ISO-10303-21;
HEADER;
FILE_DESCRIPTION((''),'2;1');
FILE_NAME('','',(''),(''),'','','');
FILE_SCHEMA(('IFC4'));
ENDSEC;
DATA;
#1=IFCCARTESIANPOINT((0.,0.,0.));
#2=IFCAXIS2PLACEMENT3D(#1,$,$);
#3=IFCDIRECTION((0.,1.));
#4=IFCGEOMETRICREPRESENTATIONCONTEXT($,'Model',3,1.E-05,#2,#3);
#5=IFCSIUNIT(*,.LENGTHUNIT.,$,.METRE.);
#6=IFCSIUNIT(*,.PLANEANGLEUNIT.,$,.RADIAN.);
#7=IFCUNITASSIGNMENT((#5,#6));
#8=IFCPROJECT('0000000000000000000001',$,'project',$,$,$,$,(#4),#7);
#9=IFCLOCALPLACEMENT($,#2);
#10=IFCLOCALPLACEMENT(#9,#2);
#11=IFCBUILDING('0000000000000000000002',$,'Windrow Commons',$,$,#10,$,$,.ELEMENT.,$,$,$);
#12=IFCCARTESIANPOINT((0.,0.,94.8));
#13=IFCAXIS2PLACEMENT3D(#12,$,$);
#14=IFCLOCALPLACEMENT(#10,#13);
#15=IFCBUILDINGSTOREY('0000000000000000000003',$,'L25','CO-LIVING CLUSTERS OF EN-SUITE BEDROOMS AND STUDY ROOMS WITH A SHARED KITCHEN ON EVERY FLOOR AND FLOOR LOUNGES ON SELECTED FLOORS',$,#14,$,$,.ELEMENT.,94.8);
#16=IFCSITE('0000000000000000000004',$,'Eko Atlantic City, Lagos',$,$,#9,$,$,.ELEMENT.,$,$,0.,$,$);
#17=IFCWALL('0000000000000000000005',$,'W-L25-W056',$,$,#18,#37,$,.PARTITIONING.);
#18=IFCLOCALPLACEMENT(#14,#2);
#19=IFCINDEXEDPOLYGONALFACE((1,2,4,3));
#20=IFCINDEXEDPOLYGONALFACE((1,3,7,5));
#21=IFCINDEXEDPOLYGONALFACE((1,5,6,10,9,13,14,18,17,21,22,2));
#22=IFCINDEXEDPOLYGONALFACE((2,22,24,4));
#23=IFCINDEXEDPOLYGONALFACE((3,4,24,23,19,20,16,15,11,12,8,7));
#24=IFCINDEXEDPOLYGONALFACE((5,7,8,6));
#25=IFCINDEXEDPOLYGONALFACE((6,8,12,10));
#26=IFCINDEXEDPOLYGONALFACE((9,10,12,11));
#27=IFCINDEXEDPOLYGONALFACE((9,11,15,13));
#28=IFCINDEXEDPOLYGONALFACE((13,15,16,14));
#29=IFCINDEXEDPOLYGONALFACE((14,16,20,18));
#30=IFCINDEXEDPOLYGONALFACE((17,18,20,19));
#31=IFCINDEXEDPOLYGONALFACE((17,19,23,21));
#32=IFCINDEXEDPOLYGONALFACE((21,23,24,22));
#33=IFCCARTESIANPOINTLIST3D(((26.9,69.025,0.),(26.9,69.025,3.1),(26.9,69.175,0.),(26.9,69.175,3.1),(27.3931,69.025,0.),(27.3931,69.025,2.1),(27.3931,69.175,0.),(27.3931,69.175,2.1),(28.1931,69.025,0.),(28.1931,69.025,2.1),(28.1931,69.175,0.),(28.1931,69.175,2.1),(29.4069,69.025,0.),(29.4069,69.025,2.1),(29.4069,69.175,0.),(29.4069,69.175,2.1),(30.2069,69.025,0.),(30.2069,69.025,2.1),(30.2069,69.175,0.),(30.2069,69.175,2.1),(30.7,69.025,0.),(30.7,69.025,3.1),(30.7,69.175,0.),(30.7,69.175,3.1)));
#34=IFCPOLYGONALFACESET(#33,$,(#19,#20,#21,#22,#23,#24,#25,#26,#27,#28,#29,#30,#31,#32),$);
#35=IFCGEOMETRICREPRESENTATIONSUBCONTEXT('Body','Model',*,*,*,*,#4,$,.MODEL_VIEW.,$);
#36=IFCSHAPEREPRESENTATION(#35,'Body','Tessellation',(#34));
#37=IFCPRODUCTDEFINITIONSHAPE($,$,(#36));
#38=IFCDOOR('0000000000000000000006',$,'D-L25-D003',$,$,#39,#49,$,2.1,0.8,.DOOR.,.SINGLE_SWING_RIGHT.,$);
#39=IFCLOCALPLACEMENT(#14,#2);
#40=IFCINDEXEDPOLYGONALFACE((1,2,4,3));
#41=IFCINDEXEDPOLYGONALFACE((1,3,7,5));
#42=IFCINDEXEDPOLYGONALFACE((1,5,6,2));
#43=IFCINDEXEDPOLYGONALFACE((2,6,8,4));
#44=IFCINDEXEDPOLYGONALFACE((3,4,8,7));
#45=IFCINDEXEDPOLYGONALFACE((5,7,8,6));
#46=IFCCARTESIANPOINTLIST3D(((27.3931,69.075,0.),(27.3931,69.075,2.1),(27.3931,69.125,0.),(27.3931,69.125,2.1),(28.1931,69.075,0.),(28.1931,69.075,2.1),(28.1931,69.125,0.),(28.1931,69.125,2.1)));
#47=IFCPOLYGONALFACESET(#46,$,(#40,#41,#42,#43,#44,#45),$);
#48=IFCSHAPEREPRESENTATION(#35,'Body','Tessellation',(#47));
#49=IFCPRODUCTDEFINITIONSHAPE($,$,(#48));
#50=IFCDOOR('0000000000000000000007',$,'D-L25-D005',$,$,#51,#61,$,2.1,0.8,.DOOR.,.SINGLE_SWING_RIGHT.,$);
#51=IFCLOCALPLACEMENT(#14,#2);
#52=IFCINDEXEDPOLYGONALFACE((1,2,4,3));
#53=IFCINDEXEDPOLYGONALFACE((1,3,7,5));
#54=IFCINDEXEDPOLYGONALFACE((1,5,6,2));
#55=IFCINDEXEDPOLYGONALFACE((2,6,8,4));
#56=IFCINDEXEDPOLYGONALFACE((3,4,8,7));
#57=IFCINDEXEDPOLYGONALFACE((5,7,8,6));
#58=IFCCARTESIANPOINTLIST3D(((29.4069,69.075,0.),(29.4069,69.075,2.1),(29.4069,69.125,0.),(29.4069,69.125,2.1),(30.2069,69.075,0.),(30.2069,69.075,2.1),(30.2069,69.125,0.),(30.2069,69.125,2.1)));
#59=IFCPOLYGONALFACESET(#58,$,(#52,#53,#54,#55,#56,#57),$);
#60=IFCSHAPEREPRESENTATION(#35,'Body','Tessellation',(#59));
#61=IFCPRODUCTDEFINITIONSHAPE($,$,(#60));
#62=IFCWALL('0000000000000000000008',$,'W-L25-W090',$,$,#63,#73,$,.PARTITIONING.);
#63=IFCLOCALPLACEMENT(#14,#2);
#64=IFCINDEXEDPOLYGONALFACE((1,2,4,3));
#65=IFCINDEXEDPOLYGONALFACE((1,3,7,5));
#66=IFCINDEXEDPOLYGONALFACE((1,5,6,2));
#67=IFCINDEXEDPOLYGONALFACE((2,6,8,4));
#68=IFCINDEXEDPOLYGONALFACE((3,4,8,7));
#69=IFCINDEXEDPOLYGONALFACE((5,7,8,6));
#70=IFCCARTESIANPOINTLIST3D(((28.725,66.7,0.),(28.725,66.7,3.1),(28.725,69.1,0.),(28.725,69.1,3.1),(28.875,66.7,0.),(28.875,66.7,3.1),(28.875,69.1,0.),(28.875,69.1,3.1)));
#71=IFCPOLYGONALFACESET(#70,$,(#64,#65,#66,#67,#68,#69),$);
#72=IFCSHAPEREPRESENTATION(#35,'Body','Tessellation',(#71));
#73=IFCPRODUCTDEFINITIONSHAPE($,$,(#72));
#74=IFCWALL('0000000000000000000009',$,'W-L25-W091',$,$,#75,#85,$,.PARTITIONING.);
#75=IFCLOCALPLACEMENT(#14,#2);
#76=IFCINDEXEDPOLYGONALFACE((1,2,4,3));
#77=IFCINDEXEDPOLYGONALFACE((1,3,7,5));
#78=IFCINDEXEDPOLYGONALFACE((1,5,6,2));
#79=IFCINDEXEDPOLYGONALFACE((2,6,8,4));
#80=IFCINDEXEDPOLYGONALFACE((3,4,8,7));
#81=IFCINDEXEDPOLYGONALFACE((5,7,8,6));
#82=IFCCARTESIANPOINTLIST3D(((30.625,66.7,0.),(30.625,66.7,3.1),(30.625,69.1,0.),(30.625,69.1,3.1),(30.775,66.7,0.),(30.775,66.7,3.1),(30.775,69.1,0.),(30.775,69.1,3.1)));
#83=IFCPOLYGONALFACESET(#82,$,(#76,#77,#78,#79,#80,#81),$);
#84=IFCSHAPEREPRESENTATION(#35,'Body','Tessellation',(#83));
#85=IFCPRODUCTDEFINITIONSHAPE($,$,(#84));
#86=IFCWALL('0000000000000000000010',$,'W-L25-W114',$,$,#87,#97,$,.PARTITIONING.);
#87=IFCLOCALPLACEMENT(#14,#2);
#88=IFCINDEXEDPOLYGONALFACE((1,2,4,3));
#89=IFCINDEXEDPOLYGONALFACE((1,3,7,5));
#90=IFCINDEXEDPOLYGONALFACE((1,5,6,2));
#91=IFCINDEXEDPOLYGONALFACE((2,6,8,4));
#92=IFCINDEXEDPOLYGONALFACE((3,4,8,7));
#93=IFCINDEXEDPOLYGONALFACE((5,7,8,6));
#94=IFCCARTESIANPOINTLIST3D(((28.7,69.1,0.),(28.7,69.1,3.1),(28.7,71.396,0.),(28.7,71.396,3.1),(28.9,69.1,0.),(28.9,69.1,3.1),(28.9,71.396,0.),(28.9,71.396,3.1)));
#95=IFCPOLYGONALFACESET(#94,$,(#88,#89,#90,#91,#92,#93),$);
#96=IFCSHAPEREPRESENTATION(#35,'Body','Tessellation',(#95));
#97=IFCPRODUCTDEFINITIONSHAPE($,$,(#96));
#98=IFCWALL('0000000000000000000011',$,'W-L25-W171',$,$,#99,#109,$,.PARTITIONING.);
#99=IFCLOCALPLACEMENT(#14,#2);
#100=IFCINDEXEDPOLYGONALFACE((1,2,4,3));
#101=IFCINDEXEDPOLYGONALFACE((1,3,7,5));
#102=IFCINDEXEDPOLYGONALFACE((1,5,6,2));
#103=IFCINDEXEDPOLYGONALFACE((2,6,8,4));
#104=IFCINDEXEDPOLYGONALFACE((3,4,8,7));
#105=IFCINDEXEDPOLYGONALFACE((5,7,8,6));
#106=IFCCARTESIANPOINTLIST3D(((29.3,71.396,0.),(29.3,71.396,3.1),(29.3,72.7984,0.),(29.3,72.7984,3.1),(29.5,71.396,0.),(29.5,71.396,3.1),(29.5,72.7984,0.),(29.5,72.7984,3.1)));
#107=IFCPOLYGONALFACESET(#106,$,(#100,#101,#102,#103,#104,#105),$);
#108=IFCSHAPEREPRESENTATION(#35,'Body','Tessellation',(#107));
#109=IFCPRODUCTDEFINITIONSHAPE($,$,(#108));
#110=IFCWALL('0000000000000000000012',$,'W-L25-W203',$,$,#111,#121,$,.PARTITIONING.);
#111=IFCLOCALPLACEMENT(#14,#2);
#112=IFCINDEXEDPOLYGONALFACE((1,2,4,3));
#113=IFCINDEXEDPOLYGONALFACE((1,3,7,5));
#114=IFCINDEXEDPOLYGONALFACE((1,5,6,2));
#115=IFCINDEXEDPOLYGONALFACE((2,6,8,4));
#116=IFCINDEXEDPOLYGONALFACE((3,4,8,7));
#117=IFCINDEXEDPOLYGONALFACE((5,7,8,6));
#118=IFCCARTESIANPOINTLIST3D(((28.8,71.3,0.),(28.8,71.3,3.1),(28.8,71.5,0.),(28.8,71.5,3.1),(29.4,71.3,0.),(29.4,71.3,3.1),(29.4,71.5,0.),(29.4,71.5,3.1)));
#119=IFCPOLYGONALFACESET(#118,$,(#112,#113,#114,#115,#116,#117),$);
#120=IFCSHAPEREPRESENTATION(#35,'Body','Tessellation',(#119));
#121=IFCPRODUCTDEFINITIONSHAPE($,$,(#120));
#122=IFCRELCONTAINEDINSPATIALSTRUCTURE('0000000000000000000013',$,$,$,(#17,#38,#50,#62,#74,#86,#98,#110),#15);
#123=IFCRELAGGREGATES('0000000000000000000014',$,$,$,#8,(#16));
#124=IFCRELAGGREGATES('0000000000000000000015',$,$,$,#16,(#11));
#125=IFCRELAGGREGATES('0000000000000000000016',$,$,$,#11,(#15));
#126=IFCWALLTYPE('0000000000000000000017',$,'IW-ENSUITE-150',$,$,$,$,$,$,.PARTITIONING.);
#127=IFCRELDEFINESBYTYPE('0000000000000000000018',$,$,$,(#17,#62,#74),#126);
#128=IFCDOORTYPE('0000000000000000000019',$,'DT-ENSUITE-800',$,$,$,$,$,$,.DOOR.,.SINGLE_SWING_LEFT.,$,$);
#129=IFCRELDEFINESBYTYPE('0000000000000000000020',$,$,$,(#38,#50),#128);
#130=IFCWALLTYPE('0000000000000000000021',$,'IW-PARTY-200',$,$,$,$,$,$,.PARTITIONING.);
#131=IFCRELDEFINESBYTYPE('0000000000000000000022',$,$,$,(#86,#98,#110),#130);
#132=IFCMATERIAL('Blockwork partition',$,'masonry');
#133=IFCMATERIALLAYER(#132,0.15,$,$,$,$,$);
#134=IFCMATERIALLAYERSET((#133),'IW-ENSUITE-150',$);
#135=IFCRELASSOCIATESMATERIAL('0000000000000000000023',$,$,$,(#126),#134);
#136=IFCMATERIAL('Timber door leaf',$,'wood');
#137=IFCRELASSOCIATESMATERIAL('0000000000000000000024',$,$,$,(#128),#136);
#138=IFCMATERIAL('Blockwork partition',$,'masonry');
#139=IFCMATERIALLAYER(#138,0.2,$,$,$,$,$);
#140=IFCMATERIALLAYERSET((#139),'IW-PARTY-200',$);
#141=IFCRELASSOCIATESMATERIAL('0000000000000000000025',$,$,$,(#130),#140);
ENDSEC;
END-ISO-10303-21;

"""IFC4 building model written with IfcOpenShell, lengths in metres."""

from ifc_helpers import new_model, si_unit, direction, frame, frame_2d, origin, place, context, subcontext, project, spatial, rectangle, extrude, material, layer, layer_set, type_object, element, fill, save


model = new_model("IFC4")

# Units and contexts
model_context = context("Model", 3, precision=1e-05, world=origin(), true_north=direction((0.0, 1.0)))
body_context = subcontext(model_context, "Body", "Model", "MODEL_VIEW")
ifc_project = project(units=[si_unit("LENGTHUNIT", "METRE"), si_unit("PLANEANGLEUNIT", "RADIAN")], contexts=[model_context])

# Site, building, storey
site_placement = place(None, origin())
site = spatial("IfcSite", under=ifc_project, at=site_placement, Name="Eko Atlantic City, Lagos", CompositionType="ELEMENT", RefElevation=0.0)
building_placement = place(site_placement, origin())
building = spatial("IfcBuilding", under=site, at=building_placement, Name="Windrow Commons", CompositionType="ELEMENT")
storey_placement = place(building_placement, frame((0.0, 0.0, 94.8)))
storey = spatial("IfcBuildingStorey", under=building, at=storey_placement, Name="L25", Description="CO-LIVING CLUSTERS OF EN-SUITE BEDROOMS AND STUDY ROOMS WITH A SHARED KITCHEN ON EVERY FLOOR AND FLOOR LOUNGES ON SELECTED FLOORS", CompositionType="ELEMENT", Elevation=94.8)

# Wall, openings, doors
ifc_material_1 = material(Name="Blockwork partition", Category="masonry")
ifc_layer_1 = layer(ifc_material_1, 0.15)
ifc_layer_set_1 = layer_set([ifc_layer_1], Name="IW-ENSUITE-150")
wall_type_1 = type_object("IfcWallType", Name="IW-ENSUITE-150", PredefinedType="PARTITIONING", material=ifc_layer_set_1)
wall_1_placement = place(storey_placement, frame((26.9, 69.1, 0.0), z_axis=(0.0, 0.0, 1.0), x_axis=(1.0, 0.0, 0.0)))
wall_1 = element("IfcWall", 1, at=wall_1_placement, inside=storey, type_object=wall_type_1, Name="W-L25-W056", PredefinedType="PARTITIONING", context=body_context, shape_type="SweptSolid", body=[
    extrude(rectangle(XDim=3.8, YDim=0.15, at=frame_2d((1.9, 0.0))), origin(), (0.0, 0.0, 1.0), 3.1),
])
opening_1_placement = place(wall_1_placement, frame((0.4931, 0.0, 0.0)))
opening_1 = element("IfcOpeningElement", 2, at=opening_1_placement, cuts=wall_1, PredefinedType="OPENING", context=body_context, shape_type="SweptSolid", body=[
    extrude(rectangle(XDim=0.8, YDim=2.1, at=frame_2d((0.4, 1.05))), frame((0.0, 0.085, 0.0), z_axis=(0.0, -1.0, 0.0), x_axis=(1.0, 0.0, 0.0)), (0.0, 0.0, 1.0), 0.17),
])
opening_2_placement = place(wall_1_placement, frame((2.5069, 0.0, 0.0)))
opening_2 = element("IfcOpeningElement", 3, at=opening_2_placement, cuts=wall_1, PredefinedType="OPENING", context=body_context, shape_type="SweptSolid", body=[
    extrude(rectangle(XDim=0.8, YDim=2.1, at=frame_2d((0.4, 1.05))), frame((0.0, 0.085, 0.0), z_axis=(0.0, -1.0, 0.0), x_axis=(1.0, 0.0, 0.0)), (0.0, 0.0, 1.0), 0.17),
])
ifc_material_2 = material(Name="Timber door leaf", Category="wood")
door_type_1 = type_object("IfcDoorType", Name="DT-ENSUITE-800", OperationType="SINGLE_SWING_LEFT", PredefinedType="DOOR", material=ifc_material_2)
door_1_placement = place(opening_1_placement, origin())
door_1 = element("IfcDoor", 4, at=door_1_placement, inside=storey, type_object=door_type_1, Name="D-L25-D003", OperationType="SINGLE_SWING_RIGHT", OverallHeight=2.1, OverallWidth=0.8, PredefinedType="DOOR", context=body_context, shape_type="SweptSolid", body=[
    extrude(rectangle(XDim=0.8, YDim=2.1, at=frame_2d((0.4, 1.05))), frame((0.0, 0.025, 0.0), z_axis=(0.0, -1.0, 0.0), x_axis=(1.0, 0.0, 0.0)), (0.0, 0.0, 1.0), 0.05),
])
fill(opening_1, door_1)
door_2_placement = place(opening_2_placement, origin())
door_2 = element("IfcDoor", 5, at=door_2_placement, inside=storey, type_object=door_type_1, Name="D-L25-D005", OperationType="SINGLE_SWING_RIGHT", OverallHeight=2.1, OverallWidth=0.8, PredefinedType="DOOR", context=body_context, shape_type="SweptSolid", body=[
    extrude(rectangle(XDim=0.8, YDim=2.1, at=frame_2d((0.4, 1.05))), frame((0.0, 0.025, 0.0), z_axis=(0.0, -1.0, 0.0), x_axis=(1.0, 0.0, 0.0)), (0.0, 0.0, 1.0), 0.05),
])
fill(opening_2, door_2)

# Walls
for number, where, z_axis, x_axis, name in (
    (6, (28.8, 66.7, 0.0), (0.0, 0.0, 1.0), (0.0, 1.0, 0.0), "W-L25-W090"),
    (7, (30.7, 66.7, 0.0), (0.0, 0.0, 1.0), (0.0, 1.0, 0.0), "W-L25-W091"),
):
    element("IfcWall", number, at=place(storey_placement, frame(where, z_axis=z_axis, x_axis=x_axis)), inside=storey, type_object=wall_type_1, Name=name, PredefinedType="PARTITIONING", context=body_context, shape_type="SweptSolid", body=[
        extrude(rectangle(XDim=2.4, YDim=0.15, at=frame_2d((1.2, 0.0))), origin(), (0.0, 0.0, 1.0), 3.1),
    ])
ifc_material_3 = material(Name="Blockwork partition", Category="masonry")
ifc_layer_2 = layer(ifc_material_3, 0.2)
ifc_layer_set_2 = layer_set([ifc_layer_2], Name="IW-PARTY-200")
wall_type_2 = type_object("IfcWallType", Name="IW-PARTY-200", PredefinedType="PARTITIONING", material=ifc_layer_set_2)
wall_2_placement = place(storey_placement, frame((28.8, 69.1, 0.0), z_axis=(0.0, 0.0, 1.0), x_axis=(0.0, 1.0, 0.0)))
element("IfcWall", 8, at=wall_2_placement, inside=storey, type_object=wall_type_2, Name="W-L25-W114", PredefinedType="PARTITIONING", context=body_context, shape_type="SweptSolid", body=[
    extrude(rectangle(XDim=2.296, YDim=0.2, at=frame_2d((1.148, 0.0))), origin(), (0.0, 0.0, 1.0), 3.1),
])
wall_3_placement = place(storey_placement, frame((29.4, 71.396, 0.0), z_axis=(0.0, 0.0, 1.0), x_axis=(0.0, 1.0, 0.0)))
element("IfcWall", 9, at=wall_3_placement, inside=storey, type_object=wall_type_2, Name="W-L25-W171", PredefinedType="PARTITIONING", context=body_context, shape_type="SweptSolid", body=[
    extrude(rectangle(XDim=1.4023, YDim=0.2, at=frame_2d((0.7012, 0.0))), origin(), (0.0, 0.0, 1.0), 3.1),
])
wall_4_placement = place(storey_placement, frame((28.8, 71.4, 0.0), z_axis=(0.0, 0.0, 1.0), x_axis=(1.0, 0.0, 0.0)))
element("IfcWall", 10, at=wall_4_placement, inside=storey, type_object=wall_type_2, Name="W-L25-W203", PredefinedType="PARTITIONING", context=body_context, shape_type="SweptSolid", body=[
    extrude(rectangle(XDim=0.6, YDim=0.2, at=frame_2d((0.3, 0.0))), origin(), (0.0, 0.0, 1.0), 3.1),
])

save(model, "model.ifc")
